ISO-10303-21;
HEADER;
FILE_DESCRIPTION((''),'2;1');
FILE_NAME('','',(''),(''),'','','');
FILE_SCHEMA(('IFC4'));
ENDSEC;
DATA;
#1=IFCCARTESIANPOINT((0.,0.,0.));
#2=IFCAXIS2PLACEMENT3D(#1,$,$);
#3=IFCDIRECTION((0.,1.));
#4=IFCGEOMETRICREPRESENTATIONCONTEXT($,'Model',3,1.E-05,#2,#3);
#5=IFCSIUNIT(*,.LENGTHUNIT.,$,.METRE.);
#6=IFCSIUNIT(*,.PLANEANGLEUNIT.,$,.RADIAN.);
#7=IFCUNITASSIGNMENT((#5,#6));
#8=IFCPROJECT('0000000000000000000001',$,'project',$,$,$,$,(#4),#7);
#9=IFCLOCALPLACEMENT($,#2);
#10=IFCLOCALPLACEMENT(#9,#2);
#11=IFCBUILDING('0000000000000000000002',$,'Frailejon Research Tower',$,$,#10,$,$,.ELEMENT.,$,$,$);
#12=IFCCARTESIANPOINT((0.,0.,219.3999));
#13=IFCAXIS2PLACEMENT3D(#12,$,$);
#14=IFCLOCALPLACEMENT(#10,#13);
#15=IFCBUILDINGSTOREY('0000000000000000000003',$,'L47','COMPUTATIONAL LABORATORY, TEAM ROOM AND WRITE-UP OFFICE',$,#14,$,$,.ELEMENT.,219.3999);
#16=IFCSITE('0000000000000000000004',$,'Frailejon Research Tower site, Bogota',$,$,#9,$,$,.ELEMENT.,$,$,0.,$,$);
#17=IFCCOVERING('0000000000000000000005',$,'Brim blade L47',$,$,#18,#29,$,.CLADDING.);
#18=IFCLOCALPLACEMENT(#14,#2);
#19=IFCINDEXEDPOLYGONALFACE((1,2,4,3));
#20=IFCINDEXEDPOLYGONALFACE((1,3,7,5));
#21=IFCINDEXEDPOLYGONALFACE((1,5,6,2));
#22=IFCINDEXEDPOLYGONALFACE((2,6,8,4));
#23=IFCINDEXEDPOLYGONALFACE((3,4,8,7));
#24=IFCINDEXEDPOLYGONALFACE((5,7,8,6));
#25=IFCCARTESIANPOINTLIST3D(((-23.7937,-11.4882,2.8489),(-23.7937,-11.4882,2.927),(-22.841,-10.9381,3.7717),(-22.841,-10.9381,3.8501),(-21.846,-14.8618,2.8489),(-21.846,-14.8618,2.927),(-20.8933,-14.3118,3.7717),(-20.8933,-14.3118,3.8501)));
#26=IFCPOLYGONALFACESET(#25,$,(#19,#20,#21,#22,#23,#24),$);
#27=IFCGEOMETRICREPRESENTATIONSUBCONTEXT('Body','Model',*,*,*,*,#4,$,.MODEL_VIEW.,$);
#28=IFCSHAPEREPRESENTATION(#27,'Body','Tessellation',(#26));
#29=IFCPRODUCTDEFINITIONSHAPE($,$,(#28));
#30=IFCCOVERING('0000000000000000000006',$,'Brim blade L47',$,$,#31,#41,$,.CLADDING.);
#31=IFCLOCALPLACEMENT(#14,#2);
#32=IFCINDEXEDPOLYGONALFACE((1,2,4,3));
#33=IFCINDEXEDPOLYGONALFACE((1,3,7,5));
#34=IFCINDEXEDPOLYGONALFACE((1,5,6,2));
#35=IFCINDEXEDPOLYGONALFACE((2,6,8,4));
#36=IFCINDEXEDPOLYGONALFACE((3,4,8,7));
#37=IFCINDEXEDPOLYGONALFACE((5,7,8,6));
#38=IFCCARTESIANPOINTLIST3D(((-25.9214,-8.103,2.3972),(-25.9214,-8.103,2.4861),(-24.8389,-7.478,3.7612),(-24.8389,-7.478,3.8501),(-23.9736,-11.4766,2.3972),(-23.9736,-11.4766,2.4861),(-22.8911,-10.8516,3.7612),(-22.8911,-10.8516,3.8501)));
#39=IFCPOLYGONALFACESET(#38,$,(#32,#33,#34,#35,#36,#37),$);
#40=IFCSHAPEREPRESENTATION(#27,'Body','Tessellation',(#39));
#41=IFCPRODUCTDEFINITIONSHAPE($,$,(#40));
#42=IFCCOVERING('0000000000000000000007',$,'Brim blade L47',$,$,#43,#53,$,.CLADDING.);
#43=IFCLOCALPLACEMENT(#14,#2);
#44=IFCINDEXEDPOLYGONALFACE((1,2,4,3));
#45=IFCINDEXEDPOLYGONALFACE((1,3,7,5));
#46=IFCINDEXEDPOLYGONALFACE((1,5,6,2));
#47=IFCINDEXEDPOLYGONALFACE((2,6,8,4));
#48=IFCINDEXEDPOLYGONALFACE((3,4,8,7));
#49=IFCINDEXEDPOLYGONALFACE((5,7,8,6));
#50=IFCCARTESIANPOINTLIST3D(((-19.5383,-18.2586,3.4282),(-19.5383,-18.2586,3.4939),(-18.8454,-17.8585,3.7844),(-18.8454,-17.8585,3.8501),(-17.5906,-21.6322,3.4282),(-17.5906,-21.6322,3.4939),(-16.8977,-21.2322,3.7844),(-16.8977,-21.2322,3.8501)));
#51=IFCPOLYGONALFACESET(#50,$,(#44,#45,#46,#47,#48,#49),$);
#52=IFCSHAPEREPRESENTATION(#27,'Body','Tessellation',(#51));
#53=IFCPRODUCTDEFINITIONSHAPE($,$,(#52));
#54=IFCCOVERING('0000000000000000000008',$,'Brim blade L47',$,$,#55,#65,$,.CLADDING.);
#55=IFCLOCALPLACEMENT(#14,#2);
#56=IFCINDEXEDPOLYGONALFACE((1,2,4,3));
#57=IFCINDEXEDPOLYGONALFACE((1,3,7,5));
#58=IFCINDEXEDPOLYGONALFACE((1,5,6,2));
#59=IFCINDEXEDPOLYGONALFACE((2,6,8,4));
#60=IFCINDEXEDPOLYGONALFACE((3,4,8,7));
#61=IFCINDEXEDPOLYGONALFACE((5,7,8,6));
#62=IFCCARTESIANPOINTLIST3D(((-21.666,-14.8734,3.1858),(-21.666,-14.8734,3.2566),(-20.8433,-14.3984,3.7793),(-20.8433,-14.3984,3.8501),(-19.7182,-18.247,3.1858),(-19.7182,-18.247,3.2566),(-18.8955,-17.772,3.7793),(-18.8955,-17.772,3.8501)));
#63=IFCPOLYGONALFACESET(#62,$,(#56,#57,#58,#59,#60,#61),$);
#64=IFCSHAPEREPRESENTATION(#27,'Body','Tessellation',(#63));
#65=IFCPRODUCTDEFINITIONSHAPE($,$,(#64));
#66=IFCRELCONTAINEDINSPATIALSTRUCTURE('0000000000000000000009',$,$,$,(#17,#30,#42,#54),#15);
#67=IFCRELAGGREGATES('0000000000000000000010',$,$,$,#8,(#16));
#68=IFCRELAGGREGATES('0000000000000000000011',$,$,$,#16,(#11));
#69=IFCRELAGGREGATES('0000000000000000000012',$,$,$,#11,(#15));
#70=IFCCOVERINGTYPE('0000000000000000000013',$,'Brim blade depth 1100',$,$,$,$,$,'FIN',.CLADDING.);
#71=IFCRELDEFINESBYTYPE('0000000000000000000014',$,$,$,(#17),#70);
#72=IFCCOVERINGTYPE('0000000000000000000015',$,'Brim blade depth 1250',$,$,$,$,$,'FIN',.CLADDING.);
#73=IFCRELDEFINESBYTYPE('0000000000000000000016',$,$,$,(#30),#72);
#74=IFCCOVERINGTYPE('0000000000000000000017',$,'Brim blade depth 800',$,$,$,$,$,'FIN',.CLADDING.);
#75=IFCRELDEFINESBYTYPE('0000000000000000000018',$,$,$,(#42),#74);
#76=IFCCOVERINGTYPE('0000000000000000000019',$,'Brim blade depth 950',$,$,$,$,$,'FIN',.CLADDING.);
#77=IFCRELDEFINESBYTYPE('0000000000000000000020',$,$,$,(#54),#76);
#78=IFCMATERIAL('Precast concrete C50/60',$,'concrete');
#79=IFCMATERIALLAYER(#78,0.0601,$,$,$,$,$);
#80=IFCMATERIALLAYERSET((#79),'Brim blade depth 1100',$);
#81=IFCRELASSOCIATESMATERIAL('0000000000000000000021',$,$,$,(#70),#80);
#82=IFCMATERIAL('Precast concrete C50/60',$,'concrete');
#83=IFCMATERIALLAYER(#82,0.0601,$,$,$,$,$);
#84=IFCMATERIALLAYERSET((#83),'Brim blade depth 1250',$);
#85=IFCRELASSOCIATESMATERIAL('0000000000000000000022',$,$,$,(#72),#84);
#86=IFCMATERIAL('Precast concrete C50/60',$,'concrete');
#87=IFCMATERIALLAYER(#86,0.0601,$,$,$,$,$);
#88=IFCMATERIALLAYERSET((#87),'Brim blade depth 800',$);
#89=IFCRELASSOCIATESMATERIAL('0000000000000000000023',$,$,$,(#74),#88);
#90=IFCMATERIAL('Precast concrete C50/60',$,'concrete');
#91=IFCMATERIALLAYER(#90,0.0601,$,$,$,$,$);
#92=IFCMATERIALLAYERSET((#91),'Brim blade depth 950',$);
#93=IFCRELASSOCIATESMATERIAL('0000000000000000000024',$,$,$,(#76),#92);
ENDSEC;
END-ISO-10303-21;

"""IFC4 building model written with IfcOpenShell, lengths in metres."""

from ifc_helpers import new_model, si_unit, direction, frame, origin, place, context, subcontext, project, spatial, polyline, outline, extrude, material, layer, layer_set, type_object, element, save


model = new_model("IFC4")

# Units and contexts
model_context = context("Model", 3, precision=1e-05, world=origin(), true_north=direction((0.0, 1.0)))
body_context = subcontext(model_context, "Body", "Model", "MODEL_VIEW")
ifc_project = project(units=[si_unit("LENGTHUNIT", "METRE"), si_unit("PLANEANGLEUNIT", "RADIAN")], contexts=[model_context])

# Site, building, storey
site_placement = place(None, origin())
site = spatial("IfcSite", under=ifc_project, at=site_placement, Name="Frailejon Research Tower site, Bogota", CompositionType="ELEMENT", RefElevation=0.0)
building_placement = place(site_placement, origin())
building = spatial("IfcBuilding", under=site, at=building_placement, Name="Frailejon Research Tower", CompositionType="ELEMENT")
storey_placement = place(building_placement, frame((0.0, 0.0, 219.3999)))
storey = spatial("IfcBuildingStorey", under=building, at=storey_placement, Name="L47", Description="COMPUTATIONAL LABORATORY, TEAM ROOM AND WRITE-UP OFFICE", CompositionType="ELEMENT", Elevation=219.3999)

# Coverings
ifc_material_1 = material(Name="Precast concrete C50/60", Category="concrete")
ifc_layer_1 = layer(ifc_material_1, 0.0601)
ifc_layer_set_1 = layer_set([ifc_layer_1], Name="Brim blade depth 1100")
covering_type_1 = type_object("IfcCoveringType", Name="Brim blade depth 1100", ElementType="FIN", PredefinedType="CLADDING", material=ifc_layer_set_1)
covering_1_placement = place(storey_placement, frame((-20.8933, -14.3118, 3.8501), z_axis=(-0.499991, 0.866031, 0.0), x_axis=(-0.866031, -0.499991, 0.0)))
element("IfcCovering", 1, at=covering_1_placement, inside=storey, type_object=covering_type_1, Name="Brim blade L47", PredefinedType="CLADDING", context=body_context, shape_type="SweptSolid", body=[
    extrude(outline(polyline([(0.0, -0.0784), (1.1001, -1.0012), (1.1001, -0.9231), (0.0, 0.0), (0.0, -0.0784)])), origin(), (0.0, 0.0, 1.0), 3.8955),
])
ifc_material_2 = material(Name="Precast concrete C50/60", Category="concrete")
ifc_layer_2 = layer(ifc_material_2, 0.0601)
ifc_layer_set_2 = layer_set([ifc_layer_2], Name="Brim blade depth 1250")
covering_type_2 = type_object("IfcCoveringType", Name="Brim blade depth 1250", ElementType="FIN", PredefinedType="CLADDING", material=ifc_layer_set_2)
covering_2_placement = place(storey_placement, frame((-22.8911, -10.8516, 3.8501), z_axis=(-0.500002, 0.866024, 0.0), x_axis=(-0.866024, -0.500002, 0.0)))
element("IfcCovering", 2, at=covering_2_placement, inside=storey, type_object=covering_type_2, Name="Brim blade L47", PredefinedType="CLADDING", context=body_context, shape_type="SweptSolid", body=[
    extrude(outline(polyline([(0.0, -0.0889), (1.25, -1.4529), (1.25, -1.364), (0.0, 0.0), (0.0, -0.0889)])), origin(), (0.0, 0.0, 1.0), 3.8955),
])
ifc_material_3 = material(Name="Precast concrete C50/60", Category="concrete")
ifc_layer_3 = layer(ifc_material_3, 0.0601)
ifc_layer_set_3 = layer_set([ifc_layer_3], Name="Brim blade depth 800")
covering_type_3 = type_object("IfcCoveringType", Name="Brim blade depth 800", ElementType="FIN", PredefinedType="CLADDING", material=ifc_layer_set_3)
covering_3_placement = place(storey_placement, frame((-16.8977, -21.2322, 3.8501), z_axis=(-0.499991, 0.866031, 0.0), x_axis=(-0.866031, -0.499991, 0.0)))
element("IfcCovering", 3, at=covering_3_placement, inside=storey, type_object=covering_type_3, Name="Brim blade L47", PredefinedType="CLADDING", context=body_context, shape_type="SweptSolid", body=[
    extrude(outline(polyline([(0.0, -0.0657), (0.8, -0.4219), (0.8, -0.3562), (0.0, 0.0), (0.0, -0.0657)])), origin(), (0.0, 0.0, 1.0), 3.8955),
])
ifc_material_4 = material(Name="Precast concrete C50/60", Category="concrete")
ifc_layer_4 = layer(ifc_material_4, 0.0601)
ifc_layer_set_4 = layer_set([ifc_layer_4], Name="Brim blade depth 950")
covering_type_4 = type_object("IfcCoveringType", Name="Brim blade depth 950", ElementType="FIN", PredefinedType="CLADDING", material=ifc_layer_set_4)
covering_4_placement = place(storey_placement, frame((-18.8955, -17.772, 3.8501), z_axis=(-0.500021, 0.866013, 0.0), x_axis=(-0.866013, -0.500021, 0.0)))
element("IfcCovering", 4, at=covering_4_placement, inside=storey, type_object=covering_type_4, Name="Brim blade L47", PredefinedType="CLADDING", context=body_context, shape_type="SweptSolid", body=[
    extrude(outline(polyline([(0.0, -0.0708), (0.95, -0.6643), (0.95, -0.5935), (0.0, 0.0), (0.0, -0.0708)])), origin(), (0.0, 0.0, 1.0), 3.8955),
])

save(model, "model.ifc")
